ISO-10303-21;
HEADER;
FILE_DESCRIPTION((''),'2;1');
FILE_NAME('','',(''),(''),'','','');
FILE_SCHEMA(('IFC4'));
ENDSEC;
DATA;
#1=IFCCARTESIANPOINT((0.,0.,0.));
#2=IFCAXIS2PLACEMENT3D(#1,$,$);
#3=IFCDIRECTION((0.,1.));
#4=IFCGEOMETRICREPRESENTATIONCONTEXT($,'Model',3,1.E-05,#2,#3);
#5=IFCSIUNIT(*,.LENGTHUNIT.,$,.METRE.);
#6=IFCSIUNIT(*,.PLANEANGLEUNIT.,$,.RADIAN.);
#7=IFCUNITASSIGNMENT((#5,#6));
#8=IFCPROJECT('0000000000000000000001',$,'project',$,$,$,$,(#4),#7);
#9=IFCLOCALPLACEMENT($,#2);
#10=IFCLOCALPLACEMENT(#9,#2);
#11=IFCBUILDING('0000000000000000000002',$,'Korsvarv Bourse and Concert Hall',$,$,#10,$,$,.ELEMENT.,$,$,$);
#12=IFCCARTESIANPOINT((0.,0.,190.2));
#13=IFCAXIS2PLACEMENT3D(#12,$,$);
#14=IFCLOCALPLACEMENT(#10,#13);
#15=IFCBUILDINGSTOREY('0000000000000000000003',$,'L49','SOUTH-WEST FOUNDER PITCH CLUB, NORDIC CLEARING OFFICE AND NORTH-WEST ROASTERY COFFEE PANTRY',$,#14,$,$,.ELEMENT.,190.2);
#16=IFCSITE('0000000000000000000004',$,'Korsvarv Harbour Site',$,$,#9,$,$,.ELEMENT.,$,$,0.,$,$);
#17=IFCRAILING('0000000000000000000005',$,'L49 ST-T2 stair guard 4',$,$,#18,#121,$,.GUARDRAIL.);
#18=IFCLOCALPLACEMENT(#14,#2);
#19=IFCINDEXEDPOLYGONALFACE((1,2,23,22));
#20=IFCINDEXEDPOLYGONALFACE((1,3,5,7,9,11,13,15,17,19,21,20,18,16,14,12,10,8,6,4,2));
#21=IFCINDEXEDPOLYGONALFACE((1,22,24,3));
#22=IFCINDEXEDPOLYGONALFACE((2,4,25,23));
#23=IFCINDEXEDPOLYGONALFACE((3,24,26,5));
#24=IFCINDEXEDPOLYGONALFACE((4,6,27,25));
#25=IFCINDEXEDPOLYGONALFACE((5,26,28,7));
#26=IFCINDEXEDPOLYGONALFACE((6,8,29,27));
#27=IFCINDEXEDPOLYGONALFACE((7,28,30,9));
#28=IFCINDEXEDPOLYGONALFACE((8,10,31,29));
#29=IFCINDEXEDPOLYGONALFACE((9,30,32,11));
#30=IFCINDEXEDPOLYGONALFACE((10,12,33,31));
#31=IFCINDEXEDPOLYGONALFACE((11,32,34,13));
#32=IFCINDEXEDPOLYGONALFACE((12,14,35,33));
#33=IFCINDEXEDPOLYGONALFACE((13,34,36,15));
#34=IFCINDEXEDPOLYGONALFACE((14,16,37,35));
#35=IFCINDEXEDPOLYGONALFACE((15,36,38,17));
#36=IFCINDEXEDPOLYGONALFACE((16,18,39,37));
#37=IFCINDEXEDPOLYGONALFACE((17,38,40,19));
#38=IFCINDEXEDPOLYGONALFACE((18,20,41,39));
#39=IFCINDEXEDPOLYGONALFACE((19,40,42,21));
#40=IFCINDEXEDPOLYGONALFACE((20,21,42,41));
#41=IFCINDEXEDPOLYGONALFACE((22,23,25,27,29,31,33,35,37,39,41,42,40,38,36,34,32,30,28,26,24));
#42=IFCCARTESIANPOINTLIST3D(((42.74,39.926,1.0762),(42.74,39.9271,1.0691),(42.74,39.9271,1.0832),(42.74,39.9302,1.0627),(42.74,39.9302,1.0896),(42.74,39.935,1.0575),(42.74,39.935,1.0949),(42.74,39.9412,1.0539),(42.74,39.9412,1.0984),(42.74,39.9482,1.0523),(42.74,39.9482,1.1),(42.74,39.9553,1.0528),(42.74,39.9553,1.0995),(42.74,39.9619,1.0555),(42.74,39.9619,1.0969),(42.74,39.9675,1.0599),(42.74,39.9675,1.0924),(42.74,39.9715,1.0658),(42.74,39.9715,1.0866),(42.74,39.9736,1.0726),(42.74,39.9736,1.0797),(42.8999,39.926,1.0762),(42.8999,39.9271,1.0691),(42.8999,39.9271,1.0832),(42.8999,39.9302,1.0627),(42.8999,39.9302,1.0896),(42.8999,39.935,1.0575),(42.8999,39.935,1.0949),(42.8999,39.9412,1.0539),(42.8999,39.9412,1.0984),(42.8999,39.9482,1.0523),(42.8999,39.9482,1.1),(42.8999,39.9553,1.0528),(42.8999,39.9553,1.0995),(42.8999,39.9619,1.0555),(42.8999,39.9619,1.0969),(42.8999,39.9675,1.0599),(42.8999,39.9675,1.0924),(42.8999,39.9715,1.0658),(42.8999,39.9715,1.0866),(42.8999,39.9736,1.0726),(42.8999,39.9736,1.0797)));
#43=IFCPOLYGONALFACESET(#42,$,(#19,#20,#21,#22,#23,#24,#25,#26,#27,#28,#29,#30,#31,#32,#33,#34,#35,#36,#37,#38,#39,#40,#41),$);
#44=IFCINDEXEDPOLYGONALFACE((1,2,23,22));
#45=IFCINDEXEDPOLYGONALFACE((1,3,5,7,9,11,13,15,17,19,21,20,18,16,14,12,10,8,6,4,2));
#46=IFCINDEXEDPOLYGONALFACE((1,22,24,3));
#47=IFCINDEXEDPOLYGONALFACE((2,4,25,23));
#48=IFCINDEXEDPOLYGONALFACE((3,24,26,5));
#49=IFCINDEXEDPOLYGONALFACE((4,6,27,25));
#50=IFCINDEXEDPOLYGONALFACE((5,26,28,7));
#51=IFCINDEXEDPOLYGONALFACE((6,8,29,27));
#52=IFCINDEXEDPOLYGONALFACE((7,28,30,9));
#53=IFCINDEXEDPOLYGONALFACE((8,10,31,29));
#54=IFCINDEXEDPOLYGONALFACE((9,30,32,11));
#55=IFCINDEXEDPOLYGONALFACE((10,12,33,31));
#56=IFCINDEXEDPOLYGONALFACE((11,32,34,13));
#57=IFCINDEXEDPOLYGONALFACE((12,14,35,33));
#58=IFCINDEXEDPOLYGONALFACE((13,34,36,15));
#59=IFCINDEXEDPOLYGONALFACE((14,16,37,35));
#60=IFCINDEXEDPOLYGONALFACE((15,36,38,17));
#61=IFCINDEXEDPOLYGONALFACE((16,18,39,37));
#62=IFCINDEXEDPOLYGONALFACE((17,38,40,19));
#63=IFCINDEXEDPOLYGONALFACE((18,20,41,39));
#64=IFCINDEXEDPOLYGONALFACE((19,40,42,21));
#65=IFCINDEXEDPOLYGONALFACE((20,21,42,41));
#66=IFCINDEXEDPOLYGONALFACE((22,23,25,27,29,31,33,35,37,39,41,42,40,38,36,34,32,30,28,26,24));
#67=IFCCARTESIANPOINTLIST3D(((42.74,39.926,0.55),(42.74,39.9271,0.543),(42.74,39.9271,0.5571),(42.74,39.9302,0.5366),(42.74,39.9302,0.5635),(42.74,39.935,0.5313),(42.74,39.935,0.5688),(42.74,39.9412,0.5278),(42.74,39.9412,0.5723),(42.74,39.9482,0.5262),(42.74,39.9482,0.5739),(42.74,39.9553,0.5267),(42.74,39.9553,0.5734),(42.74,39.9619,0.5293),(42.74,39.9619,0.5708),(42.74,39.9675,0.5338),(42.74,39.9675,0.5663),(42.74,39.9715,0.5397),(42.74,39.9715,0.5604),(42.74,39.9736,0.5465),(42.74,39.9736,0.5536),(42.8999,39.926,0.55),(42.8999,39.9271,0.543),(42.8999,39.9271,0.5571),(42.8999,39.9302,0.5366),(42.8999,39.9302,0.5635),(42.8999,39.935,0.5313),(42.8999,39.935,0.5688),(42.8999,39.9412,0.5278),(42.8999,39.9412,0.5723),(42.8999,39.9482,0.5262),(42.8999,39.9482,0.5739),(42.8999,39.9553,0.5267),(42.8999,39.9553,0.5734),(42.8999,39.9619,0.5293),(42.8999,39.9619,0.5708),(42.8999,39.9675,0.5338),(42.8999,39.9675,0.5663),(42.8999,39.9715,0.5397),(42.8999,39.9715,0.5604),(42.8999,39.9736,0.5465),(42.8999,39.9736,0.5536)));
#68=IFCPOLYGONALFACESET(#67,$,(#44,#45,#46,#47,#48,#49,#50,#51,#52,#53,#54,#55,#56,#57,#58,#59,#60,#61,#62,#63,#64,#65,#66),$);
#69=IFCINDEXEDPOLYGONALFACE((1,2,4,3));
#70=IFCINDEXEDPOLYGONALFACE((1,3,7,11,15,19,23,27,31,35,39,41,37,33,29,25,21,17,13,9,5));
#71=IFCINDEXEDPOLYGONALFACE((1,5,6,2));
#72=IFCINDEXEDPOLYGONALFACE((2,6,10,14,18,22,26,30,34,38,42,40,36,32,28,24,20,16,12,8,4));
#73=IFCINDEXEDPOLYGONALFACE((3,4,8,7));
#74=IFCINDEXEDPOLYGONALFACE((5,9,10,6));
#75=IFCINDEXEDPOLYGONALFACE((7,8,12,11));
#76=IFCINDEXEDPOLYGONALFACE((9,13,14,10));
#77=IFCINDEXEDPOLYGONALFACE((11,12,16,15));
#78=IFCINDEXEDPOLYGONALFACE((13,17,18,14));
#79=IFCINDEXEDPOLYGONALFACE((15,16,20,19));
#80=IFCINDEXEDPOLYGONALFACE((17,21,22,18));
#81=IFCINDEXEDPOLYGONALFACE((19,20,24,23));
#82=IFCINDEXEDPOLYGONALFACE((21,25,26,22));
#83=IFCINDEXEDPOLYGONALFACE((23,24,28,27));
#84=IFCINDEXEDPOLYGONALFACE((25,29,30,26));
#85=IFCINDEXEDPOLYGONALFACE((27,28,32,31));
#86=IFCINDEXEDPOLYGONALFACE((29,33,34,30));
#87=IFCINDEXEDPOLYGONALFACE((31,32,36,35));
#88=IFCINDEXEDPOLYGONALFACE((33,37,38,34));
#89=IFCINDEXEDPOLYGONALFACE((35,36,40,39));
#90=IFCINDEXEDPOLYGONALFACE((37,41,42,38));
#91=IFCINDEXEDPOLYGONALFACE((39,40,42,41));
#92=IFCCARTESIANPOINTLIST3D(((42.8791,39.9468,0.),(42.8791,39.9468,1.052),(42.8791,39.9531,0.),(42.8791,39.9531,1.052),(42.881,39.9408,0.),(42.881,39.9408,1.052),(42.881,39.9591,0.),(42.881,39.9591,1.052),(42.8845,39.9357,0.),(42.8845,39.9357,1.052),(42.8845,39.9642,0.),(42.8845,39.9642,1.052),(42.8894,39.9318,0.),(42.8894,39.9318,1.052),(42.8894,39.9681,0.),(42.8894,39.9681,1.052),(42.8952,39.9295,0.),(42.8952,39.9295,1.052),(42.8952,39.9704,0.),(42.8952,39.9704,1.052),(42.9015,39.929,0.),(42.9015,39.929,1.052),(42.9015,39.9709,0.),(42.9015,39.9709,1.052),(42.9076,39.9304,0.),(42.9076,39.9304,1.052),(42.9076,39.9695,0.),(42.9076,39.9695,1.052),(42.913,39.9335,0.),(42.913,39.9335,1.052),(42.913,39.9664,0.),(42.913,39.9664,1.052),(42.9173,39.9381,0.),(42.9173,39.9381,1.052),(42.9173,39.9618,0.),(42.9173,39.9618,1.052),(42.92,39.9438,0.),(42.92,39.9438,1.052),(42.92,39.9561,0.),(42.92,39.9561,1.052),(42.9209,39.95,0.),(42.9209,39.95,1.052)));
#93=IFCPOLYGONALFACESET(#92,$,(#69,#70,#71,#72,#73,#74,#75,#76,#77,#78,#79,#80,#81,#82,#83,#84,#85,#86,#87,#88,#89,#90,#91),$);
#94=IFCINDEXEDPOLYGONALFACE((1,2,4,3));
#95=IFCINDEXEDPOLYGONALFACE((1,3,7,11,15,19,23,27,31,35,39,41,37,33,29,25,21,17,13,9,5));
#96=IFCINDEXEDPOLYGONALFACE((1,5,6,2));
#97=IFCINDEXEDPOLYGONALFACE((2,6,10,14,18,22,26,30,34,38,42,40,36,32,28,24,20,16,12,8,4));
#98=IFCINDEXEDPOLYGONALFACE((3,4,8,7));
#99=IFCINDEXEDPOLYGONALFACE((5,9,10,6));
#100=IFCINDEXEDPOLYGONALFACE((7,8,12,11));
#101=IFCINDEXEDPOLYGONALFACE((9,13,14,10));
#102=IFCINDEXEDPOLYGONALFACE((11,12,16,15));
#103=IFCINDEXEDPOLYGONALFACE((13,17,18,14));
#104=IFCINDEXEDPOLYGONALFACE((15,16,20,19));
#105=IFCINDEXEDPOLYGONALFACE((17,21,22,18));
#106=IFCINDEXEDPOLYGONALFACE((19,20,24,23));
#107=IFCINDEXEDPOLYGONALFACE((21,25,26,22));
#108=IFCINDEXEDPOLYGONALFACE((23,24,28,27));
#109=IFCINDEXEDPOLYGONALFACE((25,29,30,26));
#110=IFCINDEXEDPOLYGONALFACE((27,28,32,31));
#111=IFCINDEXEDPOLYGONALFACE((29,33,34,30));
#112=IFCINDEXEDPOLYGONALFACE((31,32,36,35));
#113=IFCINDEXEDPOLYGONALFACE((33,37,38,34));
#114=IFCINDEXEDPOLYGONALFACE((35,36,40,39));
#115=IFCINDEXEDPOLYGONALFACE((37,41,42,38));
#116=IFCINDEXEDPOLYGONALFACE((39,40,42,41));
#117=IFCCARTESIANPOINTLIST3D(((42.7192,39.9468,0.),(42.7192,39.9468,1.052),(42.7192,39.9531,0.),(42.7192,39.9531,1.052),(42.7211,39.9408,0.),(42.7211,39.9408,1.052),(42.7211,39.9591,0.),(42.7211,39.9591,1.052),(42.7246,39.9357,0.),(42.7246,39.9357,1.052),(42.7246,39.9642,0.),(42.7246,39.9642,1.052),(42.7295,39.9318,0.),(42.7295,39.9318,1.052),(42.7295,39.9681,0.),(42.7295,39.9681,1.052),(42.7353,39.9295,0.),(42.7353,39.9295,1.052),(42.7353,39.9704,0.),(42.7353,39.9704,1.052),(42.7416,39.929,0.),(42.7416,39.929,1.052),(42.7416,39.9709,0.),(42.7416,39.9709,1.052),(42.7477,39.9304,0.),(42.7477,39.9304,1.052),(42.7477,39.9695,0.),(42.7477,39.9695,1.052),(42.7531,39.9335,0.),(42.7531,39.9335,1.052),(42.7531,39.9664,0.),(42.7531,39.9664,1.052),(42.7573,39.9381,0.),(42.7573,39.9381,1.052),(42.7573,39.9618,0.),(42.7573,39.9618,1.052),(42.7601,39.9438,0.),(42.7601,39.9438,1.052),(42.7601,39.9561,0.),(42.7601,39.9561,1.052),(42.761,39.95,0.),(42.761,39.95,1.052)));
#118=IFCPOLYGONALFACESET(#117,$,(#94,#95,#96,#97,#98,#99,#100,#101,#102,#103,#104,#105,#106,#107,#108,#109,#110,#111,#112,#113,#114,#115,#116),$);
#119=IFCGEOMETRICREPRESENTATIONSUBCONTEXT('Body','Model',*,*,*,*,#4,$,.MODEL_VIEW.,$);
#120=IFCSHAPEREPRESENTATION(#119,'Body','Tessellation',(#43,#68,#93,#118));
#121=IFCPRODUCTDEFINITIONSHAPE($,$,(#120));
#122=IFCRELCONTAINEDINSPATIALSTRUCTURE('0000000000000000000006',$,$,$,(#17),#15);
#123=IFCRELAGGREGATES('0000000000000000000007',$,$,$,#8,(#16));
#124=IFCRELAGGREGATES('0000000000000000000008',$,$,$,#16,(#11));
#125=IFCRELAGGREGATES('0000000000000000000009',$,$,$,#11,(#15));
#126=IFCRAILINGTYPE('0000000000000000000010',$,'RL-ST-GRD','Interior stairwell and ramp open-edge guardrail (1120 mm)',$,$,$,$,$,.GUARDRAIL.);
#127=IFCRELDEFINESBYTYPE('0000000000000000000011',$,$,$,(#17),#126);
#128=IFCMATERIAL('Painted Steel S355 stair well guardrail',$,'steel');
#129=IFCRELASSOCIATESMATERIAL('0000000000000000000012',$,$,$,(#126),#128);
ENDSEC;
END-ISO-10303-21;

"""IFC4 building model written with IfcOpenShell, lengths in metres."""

from ifc_helpers import new_model, si_unit, direction, frame, origin, origin_2d, place, context, subcontext, project, spatial, circle, extrude, material, type_object, element, save


model = new_model("IFC4")

# Units and contexts
model_context = context("Model", 3, precision=1e-05, world=origin(), true_north=direction((0.0, 1.0)))
body_context = subcontext(model_context, "Body", "Model", "MODEL_VIEW")
ifc_project = project(units=[si_unit("LENGTHUNIT", "METRE"), si_unit("PLANEANGLEUNIT", "RADIAN")], contexts=[model_context])

# Site, building, storey
site_placement = place(None, origin())
site = spatial("IfcSite", under=ifc_project, at=site_placement, Name="Korsvarv Harbour Site", CompositionType="ELEMENT", RefElevation=0.0)
building_placement = place(site_placement, origin())
building = spatial("IfcBuilding", under=site, at=building_placement, Name="Korsvarv Bourse and Concert Hall", CompositionType="ELEMENT")
storey_placement = place(building_placement, frame((0.0, 0.0, 190.2)))
storey = spatial("IfcBuildingStorey", under=building, at=storey_placement, Name="L49", Description="SOUTH-WEST FOUNDER PITCH CLUB, NORDIC CLEARING OFFICE AND NORTH-WEST ROASTERY COFFEE PANTRY", CompositionType="ELEMENT", Elevation=190.2)

# Railing
ifc_material_1 = material(Name="Painted Steel S355 stair well guardrail", Category="steel")
railing_type_1 = type_object("IfcRailingType", Name="RL-ST-GRD", Description="Interior stairwell and ramp open-edge guardrail (1120 mm)", PredefinedType="GUARDRAIL", material=ifc_material_1)
railing_1_placement = place(storey_placement, frame((42.8999, 39.95, 0.0)))
element("IfcRailing", 1, at=railing_1_placement, inside=storey, type_object=railing_type_1, Name="L49 ST-T2 stair guard 4", PredefinedType="GUARDRAIL", context=body_context, shape_type="SweptSolid", body=[
    extrude(circle(Radius=0.0239, at=origin_2d()), frame((0.0, 0.0, 1.0762), z_axis=(-1.0, 0.0, 0.0), x_axis=(0.0, -1.0, 0.0)), (0.0, 0.0, 1.0), 0.1599),
    extrude(circle(Radius=0.0239, at=origin_2d()), frame((0.0, 0.0, 0.55), z_axis=(-1.0, 0.0, 0.0), x_axis=(0.0, -1.0, 0.0)), (0.0, 0.0, 1.0), 0.1599),
    extrude(circle(Radius=0.021, at=origin_2d()), origin(), (0.0, 0.0, 1.0), 1.052),
    extrude(circle(Radius=0.021, at=origin_2d()), frame((-0.1599, 0.0, 0.0)), (0.0, 0.0, 1.0), 1.052),
])

save(model, "model.ifc")
